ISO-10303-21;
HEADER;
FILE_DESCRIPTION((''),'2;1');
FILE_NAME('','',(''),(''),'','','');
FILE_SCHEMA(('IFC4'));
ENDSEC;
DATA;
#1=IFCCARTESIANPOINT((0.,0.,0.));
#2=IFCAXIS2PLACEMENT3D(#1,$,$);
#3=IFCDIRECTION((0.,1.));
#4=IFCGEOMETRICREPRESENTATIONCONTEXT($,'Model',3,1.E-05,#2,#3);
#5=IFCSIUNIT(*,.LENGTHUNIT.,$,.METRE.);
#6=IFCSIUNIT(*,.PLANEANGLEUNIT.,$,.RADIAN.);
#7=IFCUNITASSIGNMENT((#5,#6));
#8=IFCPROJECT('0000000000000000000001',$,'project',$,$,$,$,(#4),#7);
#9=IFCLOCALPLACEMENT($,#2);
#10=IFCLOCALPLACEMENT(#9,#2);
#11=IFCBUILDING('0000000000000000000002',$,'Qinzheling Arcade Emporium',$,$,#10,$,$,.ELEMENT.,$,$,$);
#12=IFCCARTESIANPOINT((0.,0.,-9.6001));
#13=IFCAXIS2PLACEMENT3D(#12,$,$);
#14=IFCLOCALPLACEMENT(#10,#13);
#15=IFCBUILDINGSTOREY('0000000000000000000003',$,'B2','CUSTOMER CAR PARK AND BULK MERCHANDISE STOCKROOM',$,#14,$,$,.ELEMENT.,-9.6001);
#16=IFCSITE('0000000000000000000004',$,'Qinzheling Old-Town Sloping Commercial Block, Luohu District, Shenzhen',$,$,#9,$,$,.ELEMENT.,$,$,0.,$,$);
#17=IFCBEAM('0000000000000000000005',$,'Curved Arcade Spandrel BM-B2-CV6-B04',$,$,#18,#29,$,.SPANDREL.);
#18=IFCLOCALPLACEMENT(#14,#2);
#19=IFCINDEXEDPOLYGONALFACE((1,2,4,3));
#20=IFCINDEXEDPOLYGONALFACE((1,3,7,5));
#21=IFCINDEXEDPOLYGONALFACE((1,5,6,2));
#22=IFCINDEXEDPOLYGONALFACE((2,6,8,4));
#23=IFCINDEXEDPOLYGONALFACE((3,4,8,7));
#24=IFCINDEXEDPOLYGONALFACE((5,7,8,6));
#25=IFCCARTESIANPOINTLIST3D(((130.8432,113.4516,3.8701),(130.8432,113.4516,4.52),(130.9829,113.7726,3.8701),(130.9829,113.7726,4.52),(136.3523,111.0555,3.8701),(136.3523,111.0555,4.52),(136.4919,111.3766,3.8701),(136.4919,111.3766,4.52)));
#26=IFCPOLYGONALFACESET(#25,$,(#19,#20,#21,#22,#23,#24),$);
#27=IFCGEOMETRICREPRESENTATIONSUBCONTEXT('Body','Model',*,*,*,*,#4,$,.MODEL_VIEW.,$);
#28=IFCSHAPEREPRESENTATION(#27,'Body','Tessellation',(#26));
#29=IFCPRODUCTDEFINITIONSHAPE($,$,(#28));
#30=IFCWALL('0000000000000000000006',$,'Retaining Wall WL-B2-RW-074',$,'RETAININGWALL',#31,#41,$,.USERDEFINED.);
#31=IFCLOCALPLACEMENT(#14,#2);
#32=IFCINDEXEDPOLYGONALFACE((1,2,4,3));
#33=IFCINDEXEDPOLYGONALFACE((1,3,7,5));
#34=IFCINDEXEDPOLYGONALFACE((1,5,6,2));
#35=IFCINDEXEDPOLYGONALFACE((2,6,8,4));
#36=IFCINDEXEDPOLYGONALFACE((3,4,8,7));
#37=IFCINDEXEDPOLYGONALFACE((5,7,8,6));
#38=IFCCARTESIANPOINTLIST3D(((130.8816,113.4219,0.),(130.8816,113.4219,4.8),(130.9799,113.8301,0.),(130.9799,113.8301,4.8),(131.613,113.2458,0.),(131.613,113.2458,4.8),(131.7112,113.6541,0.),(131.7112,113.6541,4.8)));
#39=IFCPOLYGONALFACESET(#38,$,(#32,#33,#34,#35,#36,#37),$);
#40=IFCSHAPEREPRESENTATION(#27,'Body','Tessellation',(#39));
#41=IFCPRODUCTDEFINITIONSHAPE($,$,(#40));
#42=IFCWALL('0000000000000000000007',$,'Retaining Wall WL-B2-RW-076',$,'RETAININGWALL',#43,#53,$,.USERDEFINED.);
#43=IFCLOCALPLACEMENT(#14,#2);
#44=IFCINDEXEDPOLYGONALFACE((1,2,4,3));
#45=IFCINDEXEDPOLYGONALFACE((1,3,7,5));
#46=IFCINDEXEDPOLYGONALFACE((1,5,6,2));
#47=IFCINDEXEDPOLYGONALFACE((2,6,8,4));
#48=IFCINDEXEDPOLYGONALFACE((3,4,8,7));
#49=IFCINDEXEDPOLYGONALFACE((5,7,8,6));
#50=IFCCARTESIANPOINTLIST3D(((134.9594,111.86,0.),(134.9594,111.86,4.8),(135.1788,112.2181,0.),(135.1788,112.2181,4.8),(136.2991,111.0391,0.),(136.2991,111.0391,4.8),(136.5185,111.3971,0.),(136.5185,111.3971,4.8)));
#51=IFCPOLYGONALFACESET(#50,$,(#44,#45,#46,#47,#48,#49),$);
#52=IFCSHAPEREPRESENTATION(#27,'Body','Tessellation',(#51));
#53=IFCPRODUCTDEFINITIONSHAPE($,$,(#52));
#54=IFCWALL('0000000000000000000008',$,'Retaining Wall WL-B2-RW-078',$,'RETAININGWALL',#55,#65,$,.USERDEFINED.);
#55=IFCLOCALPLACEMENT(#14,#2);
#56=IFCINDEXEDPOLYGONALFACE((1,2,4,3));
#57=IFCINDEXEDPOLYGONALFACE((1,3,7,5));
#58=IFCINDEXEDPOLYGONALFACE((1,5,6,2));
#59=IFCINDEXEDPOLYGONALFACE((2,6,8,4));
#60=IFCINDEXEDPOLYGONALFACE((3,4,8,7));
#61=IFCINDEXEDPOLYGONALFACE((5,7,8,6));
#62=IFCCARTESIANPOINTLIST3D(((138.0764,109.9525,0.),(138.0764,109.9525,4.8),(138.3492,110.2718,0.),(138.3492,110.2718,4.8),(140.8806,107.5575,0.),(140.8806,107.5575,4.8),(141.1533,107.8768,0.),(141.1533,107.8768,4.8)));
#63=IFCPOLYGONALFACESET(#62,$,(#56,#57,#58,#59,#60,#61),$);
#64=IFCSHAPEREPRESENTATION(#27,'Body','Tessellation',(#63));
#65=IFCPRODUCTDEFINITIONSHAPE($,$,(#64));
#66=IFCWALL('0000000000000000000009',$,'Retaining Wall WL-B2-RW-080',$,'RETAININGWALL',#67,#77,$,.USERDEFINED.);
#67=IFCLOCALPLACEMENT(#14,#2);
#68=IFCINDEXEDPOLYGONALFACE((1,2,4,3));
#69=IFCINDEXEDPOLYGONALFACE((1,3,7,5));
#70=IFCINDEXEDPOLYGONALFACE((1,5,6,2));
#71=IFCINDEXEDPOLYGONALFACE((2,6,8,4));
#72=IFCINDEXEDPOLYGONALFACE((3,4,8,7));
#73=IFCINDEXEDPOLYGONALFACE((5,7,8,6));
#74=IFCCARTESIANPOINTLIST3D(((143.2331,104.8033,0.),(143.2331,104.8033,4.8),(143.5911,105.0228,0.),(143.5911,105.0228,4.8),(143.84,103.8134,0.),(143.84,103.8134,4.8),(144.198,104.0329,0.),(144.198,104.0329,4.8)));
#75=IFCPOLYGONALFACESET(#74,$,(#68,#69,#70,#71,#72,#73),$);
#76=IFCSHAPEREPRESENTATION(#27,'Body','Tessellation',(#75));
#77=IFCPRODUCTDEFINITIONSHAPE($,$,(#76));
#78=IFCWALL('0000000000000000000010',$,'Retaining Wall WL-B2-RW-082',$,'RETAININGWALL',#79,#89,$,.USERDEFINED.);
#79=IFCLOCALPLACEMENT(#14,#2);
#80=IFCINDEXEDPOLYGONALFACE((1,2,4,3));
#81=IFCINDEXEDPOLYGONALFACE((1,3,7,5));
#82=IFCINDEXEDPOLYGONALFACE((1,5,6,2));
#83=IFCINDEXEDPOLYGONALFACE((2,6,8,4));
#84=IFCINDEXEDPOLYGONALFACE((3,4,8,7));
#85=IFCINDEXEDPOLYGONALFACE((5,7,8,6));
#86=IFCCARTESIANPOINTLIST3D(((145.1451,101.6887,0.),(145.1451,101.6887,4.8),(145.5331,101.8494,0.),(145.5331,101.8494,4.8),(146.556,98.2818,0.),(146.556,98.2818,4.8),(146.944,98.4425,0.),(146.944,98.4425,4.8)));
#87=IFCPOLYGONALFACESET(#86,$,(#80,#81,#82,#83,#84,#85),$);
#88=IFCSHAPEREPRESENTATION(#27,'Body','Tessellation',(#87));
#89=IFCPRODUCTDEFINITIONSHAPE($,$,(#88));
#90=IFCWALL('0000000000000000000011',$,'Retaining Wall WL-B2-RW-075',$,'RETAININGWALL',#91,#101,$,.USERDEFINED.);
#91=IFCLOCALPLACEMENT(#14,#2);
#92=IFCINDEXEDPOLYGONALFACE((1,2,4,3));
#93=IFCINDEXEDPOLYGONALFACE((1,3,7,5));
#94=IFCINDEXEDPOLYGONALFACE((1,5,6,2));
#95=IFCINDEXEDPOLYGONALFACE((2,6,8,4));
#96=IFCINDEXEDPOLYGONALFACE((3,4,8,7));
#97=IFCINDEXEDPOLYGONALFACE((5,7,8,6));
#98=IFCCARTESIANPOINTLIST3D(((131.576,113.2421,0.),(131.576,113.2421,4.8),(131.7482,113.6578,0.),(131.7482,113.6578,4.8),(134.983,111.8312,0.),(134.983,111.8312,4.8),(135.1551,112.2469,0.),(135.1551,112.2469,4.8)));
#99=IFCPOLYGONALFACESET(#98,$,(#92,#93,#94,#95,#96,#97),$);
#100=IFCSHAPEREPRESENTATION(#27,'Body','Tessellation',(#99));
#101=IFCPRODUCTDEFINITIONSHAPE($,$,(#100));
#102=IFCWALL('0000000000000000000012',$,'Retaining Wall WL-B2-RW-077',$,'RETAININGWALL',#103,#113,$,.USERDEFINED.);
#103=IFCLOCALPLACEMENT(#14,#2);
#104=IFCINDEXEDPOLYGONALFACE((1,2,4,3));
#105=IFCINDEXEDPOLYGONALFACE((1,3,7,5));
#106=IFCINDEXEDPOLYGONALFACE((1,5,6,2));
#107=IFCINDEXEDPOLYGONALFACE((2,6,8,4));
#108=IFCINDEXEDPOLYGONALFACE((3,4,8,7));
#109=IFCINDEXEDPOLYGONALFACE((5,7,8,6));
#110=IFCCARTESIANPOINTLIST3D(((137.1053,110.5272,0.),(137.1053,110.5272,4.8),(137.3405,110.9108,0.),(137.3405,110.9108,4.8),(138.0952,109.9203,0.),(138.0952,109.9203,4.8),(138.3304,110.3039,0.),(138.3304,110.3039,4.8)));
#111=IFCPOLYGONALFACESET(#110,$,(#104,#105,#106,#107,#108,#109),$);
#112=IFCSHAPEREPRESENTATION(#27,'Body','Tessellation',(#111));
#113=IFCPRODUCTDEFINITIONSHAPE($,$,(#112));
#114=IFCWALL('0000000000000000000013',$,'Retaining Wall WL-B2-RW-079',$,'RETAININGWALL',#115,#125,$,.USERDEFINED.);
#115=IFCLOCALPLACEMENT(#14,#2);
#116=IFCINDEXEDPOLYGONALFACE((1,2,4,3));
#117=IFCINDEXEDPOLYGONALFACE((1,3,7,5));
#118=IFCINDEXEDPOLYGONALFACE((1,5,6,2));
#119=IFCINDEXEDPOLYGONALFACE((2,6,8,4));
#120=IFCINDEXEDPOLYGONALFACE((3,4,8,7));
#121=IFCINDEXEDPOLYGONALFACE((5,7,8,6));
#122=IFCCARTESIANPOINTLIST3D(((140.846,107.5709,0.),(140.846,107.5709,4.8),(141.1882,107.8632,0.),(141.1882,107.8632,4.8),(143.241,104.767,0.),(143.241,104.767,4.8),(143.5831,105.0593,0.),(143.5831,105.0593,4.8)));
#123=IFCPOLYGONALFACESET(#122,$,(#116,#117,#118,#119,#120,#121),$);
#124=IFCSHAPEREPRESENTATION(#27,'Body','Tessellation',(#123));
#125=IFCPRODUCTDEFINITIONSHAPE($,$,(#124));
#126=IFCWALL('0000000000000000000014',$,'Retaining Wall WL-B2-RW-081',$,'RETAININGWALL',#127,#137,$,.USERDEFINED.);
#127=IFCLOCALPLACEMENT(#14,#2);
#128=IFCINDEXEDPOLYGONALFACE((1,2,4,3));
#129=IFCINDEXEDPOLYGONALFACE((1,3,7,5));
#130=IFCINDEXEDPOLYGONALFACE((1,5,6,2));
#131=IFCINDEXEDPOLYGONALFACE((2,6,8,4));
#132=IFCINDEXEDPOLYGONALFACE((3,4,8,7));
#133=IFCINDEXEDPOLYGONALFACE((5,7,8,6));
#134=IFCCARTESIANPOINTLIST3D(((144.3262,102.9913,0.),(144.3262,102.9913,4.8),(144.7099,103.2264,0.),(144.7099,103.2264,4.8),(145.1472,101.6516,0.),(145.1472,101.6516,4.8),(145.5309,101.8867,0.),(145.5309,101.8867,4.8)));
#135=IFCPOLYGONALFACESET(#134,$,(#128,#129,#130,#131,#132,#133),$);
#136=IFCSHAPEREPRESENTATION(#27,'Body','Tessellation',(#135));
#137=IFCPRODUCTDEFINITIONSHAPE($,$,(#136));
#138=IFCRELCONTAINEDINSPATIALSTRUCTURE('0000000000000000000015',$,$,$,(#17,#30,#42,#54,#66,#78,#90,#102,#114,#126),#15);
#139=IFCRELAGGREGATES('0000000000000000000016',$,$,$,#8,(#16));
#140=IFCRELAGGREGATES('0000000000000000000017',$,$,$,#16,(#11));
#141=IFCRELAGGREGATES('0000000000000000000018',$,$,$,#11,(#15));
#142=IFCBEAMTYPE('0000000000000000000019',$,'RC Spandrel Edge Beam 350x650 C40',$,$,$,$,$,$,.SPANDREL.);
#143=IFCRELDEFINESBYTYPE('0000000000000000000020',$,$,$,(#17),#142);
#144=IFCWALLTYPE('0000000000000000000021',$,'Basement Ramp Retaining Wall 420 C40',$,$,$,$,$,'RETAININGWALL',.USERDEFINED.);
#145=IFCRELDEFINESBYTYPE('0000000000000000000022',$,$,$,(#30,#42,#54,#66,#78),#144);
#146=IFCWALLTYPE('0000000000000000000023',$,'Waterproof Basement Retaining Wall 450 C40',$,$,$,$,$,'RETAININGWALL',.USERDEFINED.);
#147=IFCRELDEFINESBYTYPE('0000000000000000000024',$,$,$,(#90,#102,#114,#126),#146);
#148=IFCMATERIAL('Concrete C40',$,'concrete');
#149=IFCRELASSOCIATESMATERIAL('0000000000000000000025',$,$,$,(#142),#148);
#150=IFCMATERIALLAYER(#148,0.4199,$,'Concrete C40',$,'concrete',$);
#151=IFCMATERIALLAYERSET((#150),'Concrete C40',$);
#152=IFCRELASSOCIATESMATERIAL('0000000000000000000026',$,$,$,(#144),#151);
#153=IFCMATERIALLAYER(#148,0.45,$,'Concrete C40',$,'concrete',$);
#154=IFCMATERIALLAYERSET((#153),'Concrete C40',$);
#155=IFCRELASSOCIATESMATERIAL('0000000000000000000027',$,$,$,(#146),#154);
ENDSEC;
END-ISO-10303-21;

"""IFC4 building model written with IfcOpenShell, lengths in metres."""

from ifc_helpers import new_model, si_unit, direction, frame, frame_2d, origin, origin_2d, place, context, subcontext, project, spatial, rectangle, extrude, material, layer, layer_set, material_profile, profile_set, type_object, element, save


model = new_model("IFC4")

# Units and contexts
model_context = context("Model", 3, precision=1e-05, world=origin(), true_north=direction((0.0, 1.0)))
body_context = subcontext(model_context, "Body", "Model", "MODEL_VIEW")
ifc_project = project(units=[si_unit("LENGTHUNIT", "METRE"), si_unit("PLANEANGLEUNIT", "RADIAN")], contexts=[model_context])

# Site, building, storey
site_placement = place(None, origin())
site = spatial("IfcSite", under=ifc_project, at=site_placement, Name="Qinzheling Old-Town Sloping Commercial Block, Luohu District, Shenzhen", CompositionType="ELEMENT", RefElevation=0.0)
building_placement = place(site_placement, origin())
building = spatial("IfcBuilding", under=site, at=building_placement, Name="Qinzheling Arcade Emporium", CompositionType="ELEMENT")
storey_placement = place(building_placement, frame((0.0, 0.0, -9.6001)))
storey = spatial("IfcBuildingStorey", under=building, at=storey_placement, Name="B2", Description="CUSTOMER CAR PARK AND BULK MERCHANDISE STOCKROOM", CompositionType="ELEMENT", Elevation=-9.6001)

# Shared definitions
ifc_material_1 = material(Name="Concrete C40", Category="concrete")

# Beam
ifc_material_profile_1 = material_profile(ifc_material_1, rectangle(XDim=0.3501, YDim=0.6499, at=origin_2d()), Name="RC 350x650", Category="concrete")
ifc_profile_set_1 = profile_set([ifc_material_profile_1], Name="Concrete C40")
beam_type_1 = type_object("IfcBeamType", Name="RC Spandrel Edge Beam 350x650 C40", PredefinedType="SPANDREL", material=ifc_profile_set_1)
beam_1_placement = place(storey_placement, frame((136.4221, 111.2161, 4.1951), z_axis=(-0.917024, 0.398833, 0.0), x_axis=(-0.398833, -0.917024, 0.0)))
element("IfcBeam", 1, at=beam_1_placement, inside=storey, type_object=beam_type_1, Name="Curved Arcade Spandrel BM-B2-CV6-B04", PredefinedType="SPANDREL", context=body_context, shape_type="SweptSolid", body=[
    extrude(rectangle(XDim=0.3501, YDim=0.6499, at=origin_2d()), origin(), (0.0, 0.0, 1.0), 6.0076),
])

# Walls
ifc_layer_1 = layer(ifc_material_1, 0.4199, Name="Concrete C40", Category="concrete")
ifc_layer_set_1 = layer_set([ifc_layer_1], Name="Concrete C40")
wall_type_1 = type_object("IfcWallType", Name="Basement Ramp Retaining Wall 420 C40", ElementType="RETAININGWALL", PredefinedType="USERDEFINED", material=ifc_layer_set_1)
wall_1_placement = place(storey_placement, frame((130.9309, 113.626, 0.0), z_axis=(0.0, 0.0, 1.0), x_axis=(0.972225, -0.234048, 0.0)))
element("IfcWall", 2, at=wall_1_placement, inside=storey, type_object=wall_type_1, Name="Retaining Wall WL-B2-RW-074", ObjectType="RETAININGWALL", PredefinedType="USERDEFINED", context=body_context, shape_type="SweptSolid", body=[
    extrude(rectangle(XDim=0.7522, YDim=0.4199, at=frame_2d((0.376, 0.0))), origin(), (0.0, 0.0, 1.0), 4.8),
])
wall_2_placement = place(storey_placement, frame((135.0691, 112.0391, 0.0), z_axis=(0.0, 0.0, 1.0), x_axis=(0.852644, -0.522493, 0.0)))
element("IfcWall", 3, at=wall_2_placement, inside=storey, type_object=wall_type_1, Name="Retaining Wall WL-B2-RW-076", ObjectType="RETAININGWALL", PredefinedType="USERDEFINED", context=body_context, shape_type="SweptSolid", body=[
    extrude(rectangle(XDim=1.5713, YDim=0.4199, at=frame_2d((0.7856, 0.0))), origin(), (0.0, 0.0, 1.0), 4.8),
])
wall_3_placement = place(storey_placement, frame((138.2129, 110.1121, 0.0), z_axis=(0.0, 0.0, 1.0), x_axis=(0.760405, -0.649449, 0.0)))
element("IfcWall", 4, at=wall_3_placement, inside=storey, type_object=wall_type_1, Name="Retaining Wall WL-B2-RW-078", ObjectType="RETAININGWALL", PredefinedType="USERDEFINED", context=body_context, shape_type="SweptSolid", body=[
    extrude(rectangle(XDim=3.6877, YDim=0.4199, at=frame_2d((1.8438, 0.0))), origin(), (0.0, 0.0, 1.0), 4.8),
])
wall_4_placement = place(storey_placement, frame((143.4121, 104.9131, 0.0), z_axis=(0.0, 0.0, 1.0), x_axis=(0.522666, -0.852538, 0.0)))
element("IfcWall", 5, at=wall_4_placement, inside=storey, type_object=wall_type_1, Name="Retaining Wall WL-B2-RW-080", ObjectType="RETAININGWALL", PredefinedType="USERDEFINED", context=body_context, shape_type="SweptSolid", body=[
    extrude(rectangle(XDim=1.1611, YDim=0.4199, at=frame_2d((0.5806, 0.0))), origin(), (0.0, 0.0, 1.0), 4.8),
])
wall_5_placement = place(storey_placement, frame((145.3391, 101.769, 0.0), z_axis=(0.0, 0.0, 1.0), x_axis=(0.382607, -0.923911, 0.0)))
element("IfcWall", 6, at=wall_5_placement, inside=storey, type_object=wall_type_1, Name="Retaining Wall WL-B2-RW-082", ObjectType="RETAININGWALL", PredefinedType="USERDEFINED", context=body_context, shape_type="SweptSolid", body=[
    extrude(rectangle(XDim=3.6875, YDim=0.4199, at=frame_2d((1.8438, 0.0))), origin(), (0.0, 0.0, 1.0), 4.8),
])
ifc_layer_2 = layer(ifc_material_1, 0.45, Name="Concrete C40", Category="concrete")
ifc_layer_set_2 = layer_set([ifc_layer_2], Name="Concrete C40")
wall_type_2 = type_object("IfcWallType", Name="Waterproof Basement Retaining Wall 450 C40", ElementType="RETAININGWALL", PredefinedType="USERDEFINED", material=ifc_layer_set_2)
wall_6_placement = place(storey_placement, frame((131.6621, 113.45, 0.0), z_axis=(0.0, 0.0, 1.0), x_axis=(0.923911, -0.382607, 0.0)))
element("IfcWall", 7, at=wall_6_placement, inside=storey, type_object=wall_type_2, Name="Retaining Wall WL-B2-RW-075", ObjectType="RETAININGWALL", PredefinedType="USERDEFINED", context=body_context, shape_type="SweptSolid", body=[
    extrude(rectangle(XDim=3.6875, YDim=0.45, at=frame_2d((1.8438, 0.0))), origin(), (0.0, 0.0, 1.0), 4.8),
])
wall_7_placement = place(storey_placement, frame((137.2229, 110.719, 0.0), z_axis=(0.0, 0.0, 1.0), x_axis=(0.852538, -0.522666, 0.0)))
element("IfcWall", 8, at=wall_7_placement, inside=storey, type_object=wall_type_2, Name="Retaining Wall WL-B2-RW-077", ObjectType="RETAININGWALL", PredefinedType="USERDEFINED", context=body_context, shape_type="SweptSolid", body=[
    extrude(rectangle(XDim=1.1611, YDim=0.45, at=frame_2d((0.5806, 0.0))), origin(), (0.0, 0.0, 1.0), 4.8),
])
wall_8_placement = place(storey_placement, frame((141.0171, 107.717, 0.0), z_axis=(0.0, 0.0, 1.0), x_axis=(0.649482, -0.760377, 0.0)))
element("IfcWall", 9, at=wall_8_placement, inside=storey, type_object=wall_type_2, Name="Retaining Wall WL-B2-RW-079", ObjectType="RETAININGWALL", PredefinedType="USERDEFINED", context=body_context, shape_type="SweptSolid", body=[
    extrude(rectangle(XDim=3.6875, YDim=0.45, at=frame_2d((1.8438, 0.0))), origin(), (0.0, 0.0, 1.0), 4.8),
])
wall_9_placement = place(storey_placement, frame((144.5181, 103.1089, 0.0), z_axis=(0.0, 0.0, 1.0), x_axis=(0.522493, -0.852644, 0.0)))
element("IfcWall", 10, at=wall_9_placement, inside=storey, type_object=wall_type_2, Name="Retaining Wall WL-B2-RW-081", ObjectType="RETAININGWALL", PredefinedType="USERDEFINED", context=body_context, shape_type="SweptSolid", body=[
    extrude(rectangle(XDim=1.5713, YDim=0.45, at=frame_2d((0.7856, 0.0))), origin(), (0.0, 0.0, 1.0), 4.8),
])

save(model, "model.ifc")
